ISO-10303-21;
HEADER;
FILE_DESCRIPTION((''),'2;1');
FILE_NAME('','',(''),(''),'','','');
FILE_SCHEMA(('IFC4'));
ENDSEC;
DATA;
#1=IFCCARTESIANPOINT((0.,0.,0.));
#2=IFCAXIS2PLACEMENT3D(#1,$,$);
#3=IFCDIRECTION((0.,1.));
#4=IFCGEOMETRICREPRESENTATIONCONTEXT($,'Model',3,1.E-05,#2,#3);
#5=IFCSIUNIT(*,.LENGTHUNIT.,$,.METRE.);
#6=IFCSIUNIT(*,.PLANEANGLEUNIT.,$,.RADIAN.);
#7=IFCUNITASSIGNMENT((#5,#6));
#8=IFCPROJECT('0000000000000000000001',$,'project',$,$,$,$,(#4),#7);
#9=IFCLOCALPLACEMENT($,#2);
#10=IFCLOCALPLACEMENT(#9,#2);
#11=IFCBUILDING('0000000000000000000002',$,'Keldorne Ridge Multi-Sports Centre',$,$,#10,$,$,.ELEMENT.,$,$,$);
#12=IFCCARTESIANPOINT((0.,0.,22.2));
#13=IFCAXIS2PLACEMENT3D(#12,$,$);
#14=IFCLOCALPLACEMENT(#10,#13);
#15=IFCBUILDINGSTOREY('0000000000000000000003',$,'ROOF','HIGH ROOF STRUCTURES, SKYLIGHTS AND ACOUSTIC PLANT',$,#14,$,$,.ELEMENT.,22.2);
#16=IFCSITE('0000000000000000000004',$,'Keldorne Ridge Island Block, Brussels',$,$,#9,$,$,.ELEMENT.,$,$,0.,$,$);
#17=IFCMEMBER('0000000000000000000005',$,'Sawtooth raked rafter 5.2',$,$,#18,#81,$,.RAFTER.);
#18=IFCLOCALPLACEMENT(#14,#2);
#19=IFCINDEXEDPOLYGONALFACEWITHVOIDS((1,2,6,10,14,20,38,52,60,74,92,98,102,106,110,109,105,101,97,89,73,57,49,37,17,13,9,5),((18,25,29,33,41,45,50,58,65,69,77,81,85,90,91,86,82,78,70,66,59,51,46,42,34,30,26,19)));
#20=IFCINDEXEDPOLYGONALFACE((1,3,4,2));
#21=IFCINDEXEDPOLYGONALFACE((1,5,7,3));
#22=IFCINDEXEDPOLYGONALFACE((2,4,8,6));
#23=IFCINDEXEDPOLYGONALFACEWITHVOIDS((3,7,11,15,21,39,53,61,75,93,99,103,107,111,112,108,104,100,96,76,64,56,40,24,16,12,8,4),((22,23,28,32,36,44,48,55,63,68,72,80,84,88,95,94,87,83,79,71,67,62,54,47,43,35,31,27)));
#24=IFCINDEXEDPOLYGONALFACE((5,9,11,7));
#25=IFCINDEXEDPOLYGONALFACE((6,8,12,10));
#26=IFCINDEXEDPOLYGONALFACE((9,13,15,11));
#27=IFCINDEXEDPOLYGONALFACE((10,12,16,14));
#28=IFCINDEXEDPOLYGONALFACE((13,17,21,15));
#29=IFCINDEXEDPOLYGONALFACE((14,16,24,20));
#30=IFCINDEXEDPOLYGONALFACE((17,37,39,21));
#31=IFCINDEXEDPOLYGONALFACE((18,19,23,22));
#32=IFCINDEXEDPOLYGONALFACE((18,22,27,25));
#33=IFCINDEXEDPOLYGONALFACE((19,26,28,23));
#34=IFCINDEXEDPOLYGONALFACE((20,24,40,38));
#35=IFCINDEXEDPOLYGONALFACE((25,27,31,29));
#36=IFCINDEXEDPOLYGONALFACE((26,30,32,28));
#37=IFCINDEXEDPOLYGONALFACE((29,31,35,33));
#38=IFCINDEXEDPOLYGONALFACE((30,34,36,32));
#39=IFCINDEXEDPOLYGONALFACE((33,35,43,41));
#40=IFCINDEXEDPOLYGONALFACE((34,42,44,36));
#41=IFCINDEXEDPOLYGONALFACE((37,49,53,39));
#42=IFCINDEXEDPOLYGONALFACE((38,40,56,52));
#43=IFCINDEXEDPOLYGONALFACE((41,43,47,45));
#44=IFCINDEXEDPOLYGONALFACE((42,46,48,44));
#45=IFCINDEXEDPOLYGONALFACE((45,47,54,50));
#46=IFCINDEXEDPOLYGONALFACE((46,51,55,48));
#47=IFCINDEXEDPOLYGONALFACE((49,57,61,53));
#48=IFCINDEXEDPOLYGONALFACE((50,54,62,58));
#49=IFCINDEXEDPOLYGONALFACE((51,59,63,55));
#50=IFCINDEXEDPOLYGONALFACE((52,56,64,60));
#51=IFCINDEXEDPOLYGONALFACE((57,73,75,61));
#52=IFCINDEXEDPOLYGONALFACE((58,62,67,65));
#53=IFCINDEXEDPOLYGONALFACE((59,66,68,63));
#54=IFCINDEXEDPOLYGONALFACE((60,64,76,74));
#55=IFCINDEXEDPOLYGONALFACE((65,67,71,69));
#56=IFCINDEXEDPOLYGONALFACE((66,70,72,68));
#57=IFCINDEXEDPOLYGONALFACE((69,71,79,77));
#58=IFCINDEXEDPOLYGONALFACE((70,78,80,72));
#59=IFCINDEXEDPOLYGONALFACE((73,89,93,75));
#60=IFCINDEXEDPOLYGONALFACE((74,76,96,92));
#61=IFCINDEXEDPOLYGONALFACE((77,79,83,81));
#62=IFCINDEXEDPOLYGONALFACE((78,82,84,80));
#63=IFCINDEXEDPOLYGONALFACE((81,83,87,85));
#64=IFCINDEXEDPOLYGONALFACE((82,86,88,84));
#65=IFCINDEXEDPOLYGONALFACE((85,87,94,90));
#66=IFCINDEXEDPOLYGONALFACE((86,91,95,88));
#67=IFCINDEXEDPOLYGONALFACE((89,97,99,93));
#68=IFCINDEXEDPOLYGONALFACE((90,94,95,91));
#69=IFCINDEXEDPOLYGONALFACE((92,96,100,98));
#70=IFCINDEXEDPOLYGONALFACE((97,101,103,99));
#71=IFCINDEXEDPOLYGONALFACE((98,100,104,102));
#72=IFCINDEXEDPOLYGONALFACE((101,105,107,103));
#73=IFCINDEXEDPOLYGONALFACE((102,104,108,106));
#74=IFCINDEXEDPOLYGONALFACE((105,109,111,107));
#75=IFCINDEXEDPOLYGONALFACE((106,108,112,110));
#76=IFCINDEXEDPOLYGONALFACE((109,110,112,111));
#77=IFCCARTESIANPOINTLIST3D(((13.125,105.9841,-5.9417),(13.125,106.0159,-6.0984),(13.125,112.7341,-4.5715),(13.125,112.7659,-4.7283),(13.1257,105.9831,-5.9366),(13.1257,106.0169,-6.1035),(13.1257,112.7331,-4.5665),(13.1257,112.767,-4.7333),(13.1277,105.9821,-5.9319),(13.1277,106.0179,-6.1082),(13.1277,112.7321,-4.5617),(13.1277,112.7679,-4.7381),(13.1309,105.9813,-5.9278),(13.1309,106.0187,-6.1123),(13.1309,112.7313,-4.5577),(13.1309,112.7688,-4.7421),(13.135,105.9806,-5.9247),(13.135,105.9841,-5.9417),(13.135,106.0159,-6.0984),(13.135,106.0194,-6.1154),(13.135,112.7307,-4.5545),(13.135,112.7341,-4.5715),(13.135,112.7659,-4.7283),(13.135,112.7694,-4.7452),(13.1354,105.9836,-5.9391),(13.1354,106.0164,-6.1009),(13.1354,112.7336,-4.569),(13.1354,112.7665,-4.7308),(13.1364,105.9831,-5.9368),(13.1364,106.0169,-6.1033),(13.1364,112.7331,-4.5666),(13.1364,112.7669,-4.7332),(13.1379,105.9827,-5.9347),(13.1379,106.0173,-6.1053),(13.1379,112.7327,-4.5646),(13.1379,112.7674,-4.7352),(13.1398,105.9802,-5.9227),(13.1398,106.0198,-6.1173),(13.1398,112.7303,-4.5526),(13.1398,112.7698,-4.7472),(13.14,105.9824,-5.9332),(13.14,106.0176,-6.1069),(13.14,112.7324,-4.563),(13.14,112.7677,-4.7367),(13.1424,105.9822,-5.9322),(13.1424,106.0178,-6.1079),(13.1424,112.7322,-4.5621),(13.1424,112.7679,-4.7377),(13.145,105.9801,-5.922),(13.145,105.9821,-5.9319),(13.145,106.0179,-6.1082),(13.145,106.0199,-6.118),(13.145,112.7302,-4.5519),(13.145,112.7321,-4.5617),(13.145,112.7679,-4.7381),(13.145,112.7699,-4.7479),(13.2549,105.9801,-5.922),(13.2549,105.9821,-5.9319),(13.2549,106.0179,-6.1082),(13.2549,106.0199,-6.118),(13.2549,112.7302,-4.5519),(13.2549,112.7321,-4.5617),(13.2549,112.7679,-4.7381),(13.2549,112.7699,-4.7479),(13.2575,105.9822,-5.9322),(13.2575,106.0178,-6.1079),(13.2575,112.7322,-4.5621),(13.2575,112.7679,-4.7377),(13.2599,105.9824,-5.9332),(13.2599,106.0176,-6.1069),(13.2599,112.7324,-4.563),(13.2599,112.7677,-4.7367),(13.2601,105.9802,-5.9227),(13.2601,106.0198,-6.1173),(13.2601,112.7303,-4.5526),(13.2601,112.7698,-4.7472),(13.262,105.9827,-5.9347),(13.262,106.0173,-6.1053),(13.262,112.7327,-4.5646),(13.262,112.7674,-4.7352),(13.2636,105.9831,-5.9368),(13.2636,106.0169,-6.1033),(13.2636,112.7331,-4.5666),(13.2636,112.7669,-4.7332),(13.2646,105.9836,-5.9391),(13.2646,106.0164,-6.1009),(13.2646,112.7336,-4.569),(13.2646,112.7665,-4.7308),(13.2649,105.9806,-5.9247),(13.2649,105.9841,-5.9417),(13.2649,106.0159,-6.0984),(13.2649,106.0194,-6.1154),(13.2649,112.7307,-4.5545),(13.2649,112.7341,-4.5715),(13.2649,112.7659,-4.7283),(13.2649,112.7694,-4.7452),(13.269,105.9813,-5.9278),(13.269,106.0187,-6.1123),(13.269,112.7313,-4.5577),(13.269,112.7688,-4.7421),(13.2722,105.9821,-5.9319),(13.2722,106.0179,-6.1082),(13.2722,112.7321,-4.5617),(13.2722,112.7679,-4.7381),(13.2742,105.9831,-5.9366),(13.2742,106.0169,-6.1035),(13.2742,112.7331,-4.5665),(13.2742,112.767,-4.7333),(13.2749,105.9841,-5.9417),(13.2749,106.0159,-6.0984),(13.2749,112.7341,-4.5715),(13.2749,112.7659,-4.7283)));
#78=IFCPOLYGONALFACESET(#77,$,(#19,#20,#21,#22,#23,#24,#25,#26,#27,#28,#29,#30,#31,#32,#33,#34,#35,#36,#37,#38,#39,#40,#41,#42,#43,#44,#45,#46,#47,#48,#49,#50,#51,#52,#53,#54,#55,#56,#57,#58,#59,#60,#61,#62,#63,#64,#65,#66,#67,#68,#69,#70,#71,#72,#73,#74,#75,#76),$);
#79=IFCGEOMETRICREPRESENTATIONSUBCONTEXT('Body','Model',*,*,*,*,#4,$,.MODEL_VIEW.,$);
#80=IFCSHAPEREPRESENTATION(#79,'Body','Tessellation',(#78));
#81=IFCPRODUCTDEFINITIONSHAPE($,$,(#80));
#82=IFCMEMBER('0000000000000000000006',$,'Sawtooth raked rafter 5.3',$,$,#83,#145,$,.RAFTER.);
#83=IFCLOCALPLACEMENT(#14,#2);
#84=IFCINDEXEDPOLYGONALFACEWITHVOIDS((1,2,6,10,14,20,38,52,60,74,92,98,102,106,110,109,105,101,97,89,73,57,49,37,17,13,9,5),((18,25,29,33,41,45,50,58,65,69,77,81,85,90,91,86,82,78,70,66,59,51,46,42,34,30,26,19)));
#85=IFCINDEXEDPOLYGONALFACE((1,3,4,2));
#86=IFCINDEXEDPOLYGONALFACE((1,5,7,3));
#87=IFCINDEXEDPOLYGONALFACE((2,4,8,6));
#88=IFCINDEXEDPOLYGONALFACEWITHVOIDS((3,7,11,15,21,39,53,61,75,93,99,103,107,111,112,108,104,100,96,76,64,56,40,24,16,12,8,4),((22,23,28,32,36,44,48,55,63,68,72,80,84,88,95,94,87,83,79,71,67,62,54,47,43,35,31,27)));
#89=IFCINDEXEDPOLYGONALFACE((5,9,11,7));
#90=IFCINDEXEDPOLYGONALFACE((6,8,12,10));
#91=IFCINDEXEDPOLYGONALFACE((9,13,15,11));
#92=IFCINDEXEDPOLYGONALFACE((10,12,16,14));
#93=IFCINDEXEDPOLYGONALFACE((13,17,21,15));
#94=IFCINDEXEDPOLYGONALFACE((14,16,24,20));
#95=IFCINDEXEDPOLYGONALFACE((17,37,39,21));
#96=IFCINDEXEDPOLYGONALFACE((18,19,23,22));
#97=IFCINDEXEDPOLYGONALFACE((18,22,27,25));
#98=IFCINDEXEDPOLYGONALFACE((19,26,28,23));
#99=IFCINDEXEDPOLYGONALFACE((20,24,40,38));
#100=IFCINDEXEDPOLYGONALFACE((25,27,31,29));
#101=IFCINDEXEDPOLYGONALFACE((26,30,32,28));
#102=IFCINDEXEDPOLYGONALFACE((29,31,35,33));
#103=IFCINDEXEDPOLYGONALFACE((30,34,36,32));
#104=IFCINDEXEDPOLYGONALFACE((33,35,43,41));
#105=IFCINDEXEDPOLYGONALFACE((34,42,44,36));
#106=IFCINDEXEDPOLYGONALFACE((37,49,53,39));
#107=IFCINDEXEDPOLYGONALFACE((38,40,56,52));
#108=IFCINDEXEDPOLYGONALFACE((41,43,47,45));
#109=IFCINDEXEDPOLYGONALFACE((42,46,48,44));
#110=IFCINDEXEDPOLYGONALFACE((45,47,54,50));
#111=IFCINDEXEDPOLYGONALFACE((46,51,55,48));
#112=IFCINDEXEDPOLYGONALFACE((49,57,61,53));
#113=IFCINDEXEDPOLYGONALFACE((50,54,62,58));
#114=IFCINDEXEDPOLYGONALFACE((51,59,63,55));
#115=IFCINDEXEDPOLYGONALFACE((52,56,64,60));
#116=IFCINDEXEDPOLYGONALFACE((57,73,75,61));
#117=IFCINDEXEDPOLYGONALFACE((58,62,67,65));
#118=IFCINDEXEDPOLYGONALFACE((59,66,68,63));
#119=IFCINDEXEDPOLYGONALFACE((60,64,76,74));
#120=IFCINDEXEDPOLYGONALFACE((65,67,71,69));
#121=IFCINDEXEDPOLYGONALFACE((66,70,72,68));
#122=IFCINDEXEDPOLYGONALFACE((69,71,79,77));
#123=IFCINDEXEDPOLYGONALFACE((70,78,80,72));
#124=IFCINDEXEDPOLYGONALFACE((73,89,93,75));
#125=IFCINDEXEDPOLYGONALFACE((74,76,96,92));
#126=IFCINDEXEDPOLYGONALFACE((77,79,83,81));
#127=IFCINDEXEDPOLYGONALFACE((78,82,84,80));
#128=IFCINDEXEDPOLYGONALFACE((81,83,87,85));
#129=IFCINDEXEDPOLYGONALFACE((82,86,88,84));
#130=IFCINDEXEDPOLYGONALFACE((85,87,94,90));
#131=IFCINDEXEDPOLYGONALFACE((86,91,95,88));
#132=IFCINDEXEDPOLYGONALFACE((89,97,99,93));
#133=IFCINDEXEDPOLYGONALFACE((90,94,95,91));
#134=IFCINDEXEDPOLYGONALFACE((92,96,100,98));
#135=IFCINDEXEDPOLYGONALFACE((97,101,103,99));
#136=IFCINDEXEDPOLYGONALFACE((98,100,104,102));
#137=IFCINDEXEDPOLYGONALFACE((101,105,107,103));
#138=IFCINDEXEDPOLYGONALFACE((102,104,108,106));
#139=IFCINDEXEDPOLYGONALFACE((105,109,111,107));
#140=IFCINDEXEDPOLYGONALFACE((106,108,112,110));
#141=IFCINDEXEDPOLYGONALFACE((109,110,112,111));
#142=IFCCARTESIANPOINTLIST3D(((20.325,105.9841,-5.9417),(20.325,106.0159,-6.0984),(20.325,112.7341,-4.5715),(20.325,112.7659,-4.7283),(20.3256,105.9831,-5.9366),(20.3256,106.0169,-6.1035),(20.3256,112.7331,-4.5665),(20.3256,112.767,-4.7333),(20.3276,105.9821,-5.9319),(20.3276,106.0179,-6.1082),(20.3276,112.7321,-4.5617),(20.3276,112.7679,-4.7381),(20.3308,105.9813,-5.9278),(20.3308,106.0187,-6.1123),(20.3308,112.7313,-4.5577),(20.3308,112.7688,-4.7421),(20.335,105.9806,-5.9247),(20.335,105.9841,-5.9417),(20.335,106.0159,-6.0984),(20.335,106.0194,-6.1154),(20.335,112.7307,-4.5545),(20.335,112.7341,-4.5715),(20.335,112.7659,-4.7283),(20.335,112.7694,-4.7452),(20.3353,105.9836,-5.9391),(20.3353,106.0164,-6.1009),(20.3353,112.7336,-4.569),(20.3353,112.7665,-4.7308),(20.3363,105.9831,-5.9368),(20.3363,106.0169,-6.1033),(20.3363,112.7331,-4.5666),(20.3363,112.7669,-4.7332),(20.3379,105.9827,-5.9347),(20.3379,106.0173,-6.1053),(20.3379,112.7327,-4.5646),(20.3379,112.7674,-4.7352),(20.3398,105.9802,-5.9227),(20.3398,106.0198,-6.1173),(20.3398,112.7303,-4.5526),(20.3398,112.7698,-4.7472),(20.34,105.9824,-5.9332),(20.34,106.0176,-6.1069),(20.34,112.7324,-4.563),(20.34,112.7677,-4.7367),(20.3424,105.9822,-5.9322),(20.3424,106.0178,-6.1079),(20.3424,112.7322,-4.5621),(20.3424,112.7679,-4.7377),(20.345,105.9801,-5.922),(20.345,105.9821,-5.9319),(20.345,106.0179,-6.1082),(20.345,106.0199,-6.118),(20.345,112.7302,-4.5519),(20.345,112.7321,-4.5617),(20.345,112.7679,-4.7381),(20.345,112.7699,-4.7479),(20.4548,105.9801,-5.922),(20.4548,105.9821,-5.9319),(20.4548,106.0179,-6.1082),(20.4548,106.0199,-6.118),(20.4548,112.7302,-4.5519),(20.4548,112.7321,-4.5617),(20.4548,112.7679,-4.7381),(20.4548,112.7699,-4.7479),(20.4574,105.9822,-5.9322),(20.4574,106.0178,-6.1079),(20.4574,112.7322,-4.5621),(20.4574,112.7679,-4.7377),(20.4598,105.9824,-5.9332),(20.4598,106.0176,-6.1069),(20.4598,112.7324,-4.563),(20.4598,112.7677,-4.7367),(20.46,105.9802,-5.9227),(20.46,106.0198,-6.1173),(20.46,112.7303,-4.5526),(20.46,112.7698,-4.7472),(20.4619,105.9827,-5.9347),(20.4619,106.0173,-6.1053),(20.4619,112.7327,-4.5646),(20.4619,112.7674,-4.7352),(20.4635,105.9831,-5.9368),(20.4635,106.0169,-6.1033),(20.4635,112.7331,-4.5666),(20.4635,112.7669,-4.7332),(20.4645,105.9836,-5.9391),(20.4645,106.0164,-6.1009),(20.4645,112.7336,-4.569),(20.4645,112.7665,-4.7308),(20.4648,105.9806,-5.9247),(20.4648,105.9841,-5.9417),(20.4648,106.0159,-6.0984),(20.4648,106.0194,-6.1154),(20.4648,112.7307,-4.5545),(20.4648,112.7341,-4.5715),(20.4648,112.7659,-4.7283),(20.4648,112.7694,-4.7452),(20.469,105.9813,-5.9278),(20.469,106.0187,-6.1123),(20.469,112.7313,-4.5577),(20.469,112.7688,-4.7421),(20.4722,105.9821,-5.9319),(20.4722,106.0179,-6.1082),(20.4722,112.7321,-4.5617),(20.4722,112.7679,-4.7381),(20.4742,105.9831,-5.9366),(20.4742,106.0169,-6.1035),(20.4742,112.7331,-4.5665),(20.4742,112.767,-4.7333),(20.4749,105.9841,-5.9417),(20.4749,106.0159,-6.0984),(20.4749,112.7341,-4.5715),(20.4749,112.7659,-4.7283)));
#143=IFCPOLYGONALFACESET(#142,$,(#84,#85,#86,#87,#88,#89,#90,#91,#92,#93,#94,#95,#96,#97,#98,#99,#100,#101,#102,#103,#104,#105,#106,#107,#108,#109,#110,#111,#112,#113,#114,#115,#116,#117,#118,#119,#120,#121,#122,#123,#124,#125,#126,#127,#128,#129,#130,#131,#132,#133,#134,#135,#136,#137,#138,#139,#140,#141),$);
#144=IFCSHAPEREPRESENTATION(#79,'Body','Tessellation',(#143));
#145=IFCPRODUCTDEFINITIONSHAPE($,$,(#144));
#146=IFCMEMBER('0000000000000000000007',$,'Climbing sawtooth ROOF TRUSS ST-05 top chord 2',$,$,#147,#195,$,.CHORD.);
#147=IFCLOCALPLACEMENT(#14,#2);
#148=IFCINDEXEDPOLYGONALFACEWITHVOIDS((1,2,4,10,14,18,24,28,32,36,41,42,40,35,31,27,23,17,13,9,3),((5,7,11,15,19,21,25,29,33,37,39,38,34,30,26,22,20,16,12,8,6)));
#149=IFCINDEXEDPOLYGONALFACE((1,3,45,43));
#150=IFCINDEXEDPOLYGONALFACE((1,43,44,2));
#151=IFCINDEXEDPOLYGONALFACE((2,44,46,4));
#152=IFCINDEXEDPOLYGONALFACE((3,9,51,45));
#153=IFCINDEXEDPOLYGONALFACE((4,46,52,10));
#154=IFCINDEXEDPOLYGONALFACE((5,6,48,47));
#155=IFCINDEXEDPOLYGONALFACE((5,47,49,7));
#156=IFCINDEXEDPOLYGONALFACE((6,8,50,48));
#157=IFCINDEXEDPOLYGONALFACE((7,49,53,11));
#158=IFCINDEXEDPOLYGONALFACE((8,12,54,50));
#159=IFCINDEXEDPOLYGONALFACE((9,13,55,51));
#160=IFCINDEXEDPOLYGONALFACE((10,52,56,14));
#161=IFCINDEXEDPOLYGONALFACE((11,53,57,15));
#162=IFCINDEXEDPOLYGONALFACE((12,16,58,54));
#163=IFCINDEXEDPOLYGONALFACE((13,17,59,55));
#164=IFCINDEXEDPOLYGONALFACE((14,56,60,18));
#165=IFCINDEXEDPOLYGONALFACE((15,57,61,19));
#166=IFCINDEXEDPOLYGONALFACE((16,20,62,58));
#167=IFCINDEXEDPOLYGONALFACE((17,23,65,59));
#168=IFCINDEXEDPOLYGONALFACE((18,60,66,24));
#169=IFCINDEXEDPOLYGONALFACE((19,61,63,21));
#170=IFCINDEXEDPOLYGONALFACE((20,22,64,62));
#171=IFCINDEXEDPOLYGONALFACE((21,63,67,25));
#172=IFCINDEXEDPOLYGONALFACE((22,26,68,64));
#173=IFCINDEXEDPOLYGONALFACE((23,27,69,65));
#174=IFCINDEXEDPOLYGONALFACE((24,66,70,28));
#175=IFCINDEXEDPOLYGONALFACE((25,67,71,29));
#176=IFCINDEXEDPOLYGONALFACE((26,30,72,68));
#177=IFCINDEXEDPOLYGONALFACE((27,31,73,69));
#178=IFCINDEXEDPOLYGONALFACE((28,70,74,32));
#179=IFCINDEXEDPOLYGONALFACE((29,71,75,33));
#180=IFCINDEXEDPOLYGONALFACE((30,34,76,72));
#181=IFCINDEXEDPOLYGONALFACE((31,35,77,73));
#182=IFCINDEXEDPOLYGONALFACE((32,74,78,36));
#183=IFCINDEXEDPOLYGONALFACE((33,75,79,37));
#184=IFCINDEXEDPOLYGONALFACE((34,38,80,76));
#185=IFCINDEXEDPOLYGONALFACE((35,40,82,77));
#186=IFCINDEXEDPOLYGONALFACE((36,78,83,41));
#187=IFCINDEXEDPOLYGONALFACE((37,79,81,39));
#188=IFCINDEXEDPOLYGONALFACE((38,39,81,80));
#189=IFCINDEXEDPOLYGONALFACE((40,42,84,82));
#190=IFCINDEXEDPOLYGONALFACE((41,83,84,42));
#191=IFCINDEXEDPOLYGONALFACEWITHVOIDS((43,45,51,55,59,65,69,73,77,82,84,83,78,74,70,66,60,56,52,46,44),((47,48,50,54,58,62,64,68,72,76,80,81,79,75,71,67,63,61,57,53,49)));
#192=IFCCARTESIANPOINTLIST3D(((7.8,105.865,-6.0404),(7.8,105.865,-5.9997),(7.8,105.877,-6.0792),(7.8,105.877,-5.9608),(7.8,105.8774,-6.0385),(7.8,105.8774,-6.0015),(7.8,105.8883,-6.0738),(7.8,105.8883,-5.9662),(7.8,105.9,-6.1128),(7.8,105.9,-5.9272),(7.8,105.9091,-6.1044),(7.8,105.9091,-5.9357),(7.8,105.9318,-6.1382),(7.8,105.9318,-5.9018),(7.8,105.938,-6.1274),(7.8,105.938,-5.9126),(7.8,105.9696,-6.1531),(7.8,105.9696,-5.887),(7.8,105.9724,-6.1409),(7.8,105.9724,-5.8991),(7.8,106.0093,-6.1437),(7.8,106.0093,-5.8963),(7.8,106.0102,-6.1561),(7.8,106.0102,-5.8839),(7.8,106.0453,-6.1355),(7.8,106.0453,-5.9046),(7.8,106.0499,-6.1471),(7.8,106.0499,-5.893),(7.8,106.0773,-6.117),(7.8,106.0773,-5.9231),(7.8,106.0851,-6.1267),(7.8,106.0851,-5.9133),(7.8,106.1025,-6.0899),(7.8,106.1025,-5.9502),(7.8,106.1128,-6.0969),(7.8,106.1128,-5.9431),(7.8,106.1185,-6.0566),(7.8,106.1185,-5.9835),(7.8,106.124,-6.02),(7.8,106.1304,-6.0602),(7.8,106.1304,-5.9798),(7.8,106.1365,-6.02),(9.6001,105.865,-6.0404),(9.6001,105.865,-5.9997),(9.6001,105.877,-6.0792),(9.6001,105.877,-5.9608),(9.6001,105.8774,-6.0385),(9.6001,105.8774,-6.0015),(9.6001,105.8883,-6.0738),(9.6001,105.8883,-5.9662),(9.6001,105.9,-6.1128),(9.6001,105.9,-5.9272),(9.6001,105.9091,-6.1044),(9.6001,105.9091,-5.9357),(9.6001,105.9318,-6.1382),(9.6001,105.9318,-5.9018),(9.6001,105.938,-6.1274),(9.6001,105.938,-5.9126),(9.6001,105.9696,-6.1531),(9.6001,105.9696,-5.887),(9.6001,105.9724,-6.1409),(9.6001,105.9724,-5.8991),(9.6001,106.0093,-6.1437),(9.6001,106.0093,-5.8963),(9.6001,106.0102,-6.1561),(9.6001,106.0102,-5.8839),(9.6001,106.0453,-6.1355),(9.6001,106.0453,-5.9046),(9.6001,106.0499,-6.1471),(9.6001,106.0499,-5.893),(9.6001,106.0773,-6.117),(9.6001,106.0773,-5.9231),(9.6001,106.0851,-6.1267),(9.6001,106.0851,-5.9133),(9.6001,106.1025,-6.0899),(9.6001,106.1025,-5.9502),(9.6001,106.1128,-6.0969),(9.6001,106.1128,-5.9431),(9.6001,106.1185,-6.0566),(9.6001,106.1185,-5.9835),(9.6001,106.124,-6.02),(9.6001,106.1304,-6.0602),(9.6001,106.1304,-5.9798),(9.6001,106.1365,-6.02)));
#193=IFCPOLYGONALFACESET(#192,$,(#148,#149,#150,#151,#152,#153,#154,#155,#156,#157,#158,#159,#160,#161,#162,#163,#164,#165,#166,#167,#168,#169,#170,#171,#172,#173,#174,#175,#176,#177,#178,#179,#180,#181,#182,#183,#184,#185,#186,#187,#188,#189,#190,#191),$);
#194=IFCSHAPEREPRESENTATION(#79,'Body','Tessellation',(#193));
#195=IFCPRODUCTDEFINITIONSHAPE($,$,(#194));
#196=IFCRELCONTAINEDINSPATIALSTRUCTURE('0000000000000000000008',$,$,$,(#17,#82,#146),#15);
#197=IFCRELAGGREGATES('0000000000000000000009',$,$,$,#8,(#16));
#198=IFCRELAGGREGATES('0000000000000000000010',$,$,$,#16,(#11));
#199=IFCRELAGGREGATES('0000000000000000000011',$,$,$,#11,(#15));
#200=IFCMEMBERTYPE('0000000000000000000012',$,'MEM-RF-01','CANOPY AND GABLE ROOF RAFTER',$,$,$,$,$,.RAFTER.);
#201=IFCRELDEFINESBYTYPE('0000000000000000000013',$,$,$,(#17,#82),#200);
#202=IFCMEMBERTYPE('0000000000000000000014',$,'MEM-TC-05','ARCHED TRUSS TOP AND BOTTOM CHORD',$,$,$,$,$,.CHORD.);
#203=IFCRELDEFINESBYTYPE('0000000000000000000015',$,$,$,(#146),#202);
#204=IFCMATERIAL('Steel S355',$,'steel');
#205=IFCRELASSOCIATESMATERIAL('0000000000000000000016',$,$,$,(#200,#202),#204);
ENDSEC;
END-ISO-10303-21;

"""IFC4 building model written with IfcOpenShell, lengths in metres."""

from ifc_helpers import new_model, si_unit, direction, frame, origin, origin_2d, place, context, subcontext, project, spatial, hollow_rectangle, hollow_circle, extrude, material, material_profile, profile_set, type_object, element, save


model = new_model("IFC4")

# Units and contexts
model_context = context("Model", 3, precision=1e-05, world=origin(), true_north=direction((0.0, 1.0)))
body_context = subcontext(model_context, "Body", "Model", "MODEL_VIEW")
ifc_project = project(units=[si_unit("LENGTHUNIT", "METRE"), si_unit("PLANEANGLEUNIT", "RADIAN")], contexts=[model_context])

# Site, building, storey
site_placement = place(None, origin())
site = spatial("IfcSite", under=ifc_project, at=site_placement, Name="Keldorne Ridge Island Block, Brussels", CompositionType="ELEMENT", RefElevation=0.0)
building_placement = place(site_placement, origin())
building = spatial("IfcBuilding", under=site, at=building_placement, Name="Keldorne Ridge Multi-Sports Centre", CompositionType="ELEMENT")
storey_placement = place(building_placement, frame((0.0, 0.0, 22.2)))
storey = spatial("IfcBuildingStorey", under=building, at=storey_placement, Name="ROOF", Description="HIGH ROOF STRUCTURES, SKYLIGHTS AND ACOUSTIC PLANT", CompositionType="ELEMENT", Elevation=22.2)

# Shared definitions
ifc_material_1 = material(Name="Steel S355", Category="steel")

# Members
ifc_material_profile_1 = material_profile(ifc_material_1, hollow_rectangle(XDim=0.1499, YDim=0.2, WallThickness=0.01, InnerFilletRadius=0.01, OuterFilletRadius=0.02, at=origin_2d()), Name="RHS 200x150x10")
ifc_profile_set_1 = profile_set([ifc_material_profile_1], Name="Steel S355")
member_type_1 = type_object("IfcMemberType", Name="MEM-RF-01", Description="CANOPY AND GABLE ROOF RAFTER", PredefinedType="RAFTER", material=ifc_profile_set_1)
for number, where, z_axis, x_axis, name in (
    (1, (13.2, 106.0, -6.02), (0.0, 0.980015, 0.198924), (-1.0, 0.0, 0.0), "Sawtooth raked rafter 5.2"),
    (2, (20.3999, 106.0, -6.02), (0.0, 0.980015, 0.198924), (-1.0, 0.0, 0.0), "Sawtooth raked rafter 5.3"),
):
    element("IfcMember", number, at=place(storey_placement, frame(where, z_axis=z_axis, x_axis=x_axis)), inside=storey, type_object=member_type_1, Name=name, PredefinedType="RAFTER", context=body_context, shape_type="SweptSolid", body=[
        extrude(hollow_rectangle(XDim=0.1499, YDim=0.2, WallThickness=0.01, InnerFilletRadius=0.01, OuterFilletRadius=0.02, at=origin_2d()), origin(), (0.0, 0.0, 1.0), 6.8877),
    ])
ifc_material_profile_2 = material_profile(ifc_material_1, hollow_circle(Radius=0.1365, WallThickness=0.0125, at=origin_2d()), Name="CHS 273x12.5")
ifc_profile_set_2 = profile_set([ifc_material_profile_2], Name="Steel S355")
member_type_2 = type_object("IfcMemberType", Name="MEM-TC-05", Description="ARCHED TRUSS TOP AND BOTTOM CHORD", PredefinedType="CHORD", material=ifc_profile_set_2)
member_1_placement = place(storey_placement, frame((7.8, 106.0, -6.02), z_axis=(1.0, 0.0, 0.0), x_axis=(0.0, 1.0, 0.0)))
element("IfcMember", 3, at=member_1_placement, inside=storey, type_object=member_type_2, Name="Climbing sawtooth ROOF TRUSS ST-05 top chord 2", PredefinedType="CHORD", context=body_context, shape_type="SweptSolid", body=[
    extrude(hollow_circle(Radius=0.1365, WallThickness=0.0125, at=origin_2d()), origin(), (0.0, 0.0, 1.0), 1.8),
])

save(model, "model.ifc")
